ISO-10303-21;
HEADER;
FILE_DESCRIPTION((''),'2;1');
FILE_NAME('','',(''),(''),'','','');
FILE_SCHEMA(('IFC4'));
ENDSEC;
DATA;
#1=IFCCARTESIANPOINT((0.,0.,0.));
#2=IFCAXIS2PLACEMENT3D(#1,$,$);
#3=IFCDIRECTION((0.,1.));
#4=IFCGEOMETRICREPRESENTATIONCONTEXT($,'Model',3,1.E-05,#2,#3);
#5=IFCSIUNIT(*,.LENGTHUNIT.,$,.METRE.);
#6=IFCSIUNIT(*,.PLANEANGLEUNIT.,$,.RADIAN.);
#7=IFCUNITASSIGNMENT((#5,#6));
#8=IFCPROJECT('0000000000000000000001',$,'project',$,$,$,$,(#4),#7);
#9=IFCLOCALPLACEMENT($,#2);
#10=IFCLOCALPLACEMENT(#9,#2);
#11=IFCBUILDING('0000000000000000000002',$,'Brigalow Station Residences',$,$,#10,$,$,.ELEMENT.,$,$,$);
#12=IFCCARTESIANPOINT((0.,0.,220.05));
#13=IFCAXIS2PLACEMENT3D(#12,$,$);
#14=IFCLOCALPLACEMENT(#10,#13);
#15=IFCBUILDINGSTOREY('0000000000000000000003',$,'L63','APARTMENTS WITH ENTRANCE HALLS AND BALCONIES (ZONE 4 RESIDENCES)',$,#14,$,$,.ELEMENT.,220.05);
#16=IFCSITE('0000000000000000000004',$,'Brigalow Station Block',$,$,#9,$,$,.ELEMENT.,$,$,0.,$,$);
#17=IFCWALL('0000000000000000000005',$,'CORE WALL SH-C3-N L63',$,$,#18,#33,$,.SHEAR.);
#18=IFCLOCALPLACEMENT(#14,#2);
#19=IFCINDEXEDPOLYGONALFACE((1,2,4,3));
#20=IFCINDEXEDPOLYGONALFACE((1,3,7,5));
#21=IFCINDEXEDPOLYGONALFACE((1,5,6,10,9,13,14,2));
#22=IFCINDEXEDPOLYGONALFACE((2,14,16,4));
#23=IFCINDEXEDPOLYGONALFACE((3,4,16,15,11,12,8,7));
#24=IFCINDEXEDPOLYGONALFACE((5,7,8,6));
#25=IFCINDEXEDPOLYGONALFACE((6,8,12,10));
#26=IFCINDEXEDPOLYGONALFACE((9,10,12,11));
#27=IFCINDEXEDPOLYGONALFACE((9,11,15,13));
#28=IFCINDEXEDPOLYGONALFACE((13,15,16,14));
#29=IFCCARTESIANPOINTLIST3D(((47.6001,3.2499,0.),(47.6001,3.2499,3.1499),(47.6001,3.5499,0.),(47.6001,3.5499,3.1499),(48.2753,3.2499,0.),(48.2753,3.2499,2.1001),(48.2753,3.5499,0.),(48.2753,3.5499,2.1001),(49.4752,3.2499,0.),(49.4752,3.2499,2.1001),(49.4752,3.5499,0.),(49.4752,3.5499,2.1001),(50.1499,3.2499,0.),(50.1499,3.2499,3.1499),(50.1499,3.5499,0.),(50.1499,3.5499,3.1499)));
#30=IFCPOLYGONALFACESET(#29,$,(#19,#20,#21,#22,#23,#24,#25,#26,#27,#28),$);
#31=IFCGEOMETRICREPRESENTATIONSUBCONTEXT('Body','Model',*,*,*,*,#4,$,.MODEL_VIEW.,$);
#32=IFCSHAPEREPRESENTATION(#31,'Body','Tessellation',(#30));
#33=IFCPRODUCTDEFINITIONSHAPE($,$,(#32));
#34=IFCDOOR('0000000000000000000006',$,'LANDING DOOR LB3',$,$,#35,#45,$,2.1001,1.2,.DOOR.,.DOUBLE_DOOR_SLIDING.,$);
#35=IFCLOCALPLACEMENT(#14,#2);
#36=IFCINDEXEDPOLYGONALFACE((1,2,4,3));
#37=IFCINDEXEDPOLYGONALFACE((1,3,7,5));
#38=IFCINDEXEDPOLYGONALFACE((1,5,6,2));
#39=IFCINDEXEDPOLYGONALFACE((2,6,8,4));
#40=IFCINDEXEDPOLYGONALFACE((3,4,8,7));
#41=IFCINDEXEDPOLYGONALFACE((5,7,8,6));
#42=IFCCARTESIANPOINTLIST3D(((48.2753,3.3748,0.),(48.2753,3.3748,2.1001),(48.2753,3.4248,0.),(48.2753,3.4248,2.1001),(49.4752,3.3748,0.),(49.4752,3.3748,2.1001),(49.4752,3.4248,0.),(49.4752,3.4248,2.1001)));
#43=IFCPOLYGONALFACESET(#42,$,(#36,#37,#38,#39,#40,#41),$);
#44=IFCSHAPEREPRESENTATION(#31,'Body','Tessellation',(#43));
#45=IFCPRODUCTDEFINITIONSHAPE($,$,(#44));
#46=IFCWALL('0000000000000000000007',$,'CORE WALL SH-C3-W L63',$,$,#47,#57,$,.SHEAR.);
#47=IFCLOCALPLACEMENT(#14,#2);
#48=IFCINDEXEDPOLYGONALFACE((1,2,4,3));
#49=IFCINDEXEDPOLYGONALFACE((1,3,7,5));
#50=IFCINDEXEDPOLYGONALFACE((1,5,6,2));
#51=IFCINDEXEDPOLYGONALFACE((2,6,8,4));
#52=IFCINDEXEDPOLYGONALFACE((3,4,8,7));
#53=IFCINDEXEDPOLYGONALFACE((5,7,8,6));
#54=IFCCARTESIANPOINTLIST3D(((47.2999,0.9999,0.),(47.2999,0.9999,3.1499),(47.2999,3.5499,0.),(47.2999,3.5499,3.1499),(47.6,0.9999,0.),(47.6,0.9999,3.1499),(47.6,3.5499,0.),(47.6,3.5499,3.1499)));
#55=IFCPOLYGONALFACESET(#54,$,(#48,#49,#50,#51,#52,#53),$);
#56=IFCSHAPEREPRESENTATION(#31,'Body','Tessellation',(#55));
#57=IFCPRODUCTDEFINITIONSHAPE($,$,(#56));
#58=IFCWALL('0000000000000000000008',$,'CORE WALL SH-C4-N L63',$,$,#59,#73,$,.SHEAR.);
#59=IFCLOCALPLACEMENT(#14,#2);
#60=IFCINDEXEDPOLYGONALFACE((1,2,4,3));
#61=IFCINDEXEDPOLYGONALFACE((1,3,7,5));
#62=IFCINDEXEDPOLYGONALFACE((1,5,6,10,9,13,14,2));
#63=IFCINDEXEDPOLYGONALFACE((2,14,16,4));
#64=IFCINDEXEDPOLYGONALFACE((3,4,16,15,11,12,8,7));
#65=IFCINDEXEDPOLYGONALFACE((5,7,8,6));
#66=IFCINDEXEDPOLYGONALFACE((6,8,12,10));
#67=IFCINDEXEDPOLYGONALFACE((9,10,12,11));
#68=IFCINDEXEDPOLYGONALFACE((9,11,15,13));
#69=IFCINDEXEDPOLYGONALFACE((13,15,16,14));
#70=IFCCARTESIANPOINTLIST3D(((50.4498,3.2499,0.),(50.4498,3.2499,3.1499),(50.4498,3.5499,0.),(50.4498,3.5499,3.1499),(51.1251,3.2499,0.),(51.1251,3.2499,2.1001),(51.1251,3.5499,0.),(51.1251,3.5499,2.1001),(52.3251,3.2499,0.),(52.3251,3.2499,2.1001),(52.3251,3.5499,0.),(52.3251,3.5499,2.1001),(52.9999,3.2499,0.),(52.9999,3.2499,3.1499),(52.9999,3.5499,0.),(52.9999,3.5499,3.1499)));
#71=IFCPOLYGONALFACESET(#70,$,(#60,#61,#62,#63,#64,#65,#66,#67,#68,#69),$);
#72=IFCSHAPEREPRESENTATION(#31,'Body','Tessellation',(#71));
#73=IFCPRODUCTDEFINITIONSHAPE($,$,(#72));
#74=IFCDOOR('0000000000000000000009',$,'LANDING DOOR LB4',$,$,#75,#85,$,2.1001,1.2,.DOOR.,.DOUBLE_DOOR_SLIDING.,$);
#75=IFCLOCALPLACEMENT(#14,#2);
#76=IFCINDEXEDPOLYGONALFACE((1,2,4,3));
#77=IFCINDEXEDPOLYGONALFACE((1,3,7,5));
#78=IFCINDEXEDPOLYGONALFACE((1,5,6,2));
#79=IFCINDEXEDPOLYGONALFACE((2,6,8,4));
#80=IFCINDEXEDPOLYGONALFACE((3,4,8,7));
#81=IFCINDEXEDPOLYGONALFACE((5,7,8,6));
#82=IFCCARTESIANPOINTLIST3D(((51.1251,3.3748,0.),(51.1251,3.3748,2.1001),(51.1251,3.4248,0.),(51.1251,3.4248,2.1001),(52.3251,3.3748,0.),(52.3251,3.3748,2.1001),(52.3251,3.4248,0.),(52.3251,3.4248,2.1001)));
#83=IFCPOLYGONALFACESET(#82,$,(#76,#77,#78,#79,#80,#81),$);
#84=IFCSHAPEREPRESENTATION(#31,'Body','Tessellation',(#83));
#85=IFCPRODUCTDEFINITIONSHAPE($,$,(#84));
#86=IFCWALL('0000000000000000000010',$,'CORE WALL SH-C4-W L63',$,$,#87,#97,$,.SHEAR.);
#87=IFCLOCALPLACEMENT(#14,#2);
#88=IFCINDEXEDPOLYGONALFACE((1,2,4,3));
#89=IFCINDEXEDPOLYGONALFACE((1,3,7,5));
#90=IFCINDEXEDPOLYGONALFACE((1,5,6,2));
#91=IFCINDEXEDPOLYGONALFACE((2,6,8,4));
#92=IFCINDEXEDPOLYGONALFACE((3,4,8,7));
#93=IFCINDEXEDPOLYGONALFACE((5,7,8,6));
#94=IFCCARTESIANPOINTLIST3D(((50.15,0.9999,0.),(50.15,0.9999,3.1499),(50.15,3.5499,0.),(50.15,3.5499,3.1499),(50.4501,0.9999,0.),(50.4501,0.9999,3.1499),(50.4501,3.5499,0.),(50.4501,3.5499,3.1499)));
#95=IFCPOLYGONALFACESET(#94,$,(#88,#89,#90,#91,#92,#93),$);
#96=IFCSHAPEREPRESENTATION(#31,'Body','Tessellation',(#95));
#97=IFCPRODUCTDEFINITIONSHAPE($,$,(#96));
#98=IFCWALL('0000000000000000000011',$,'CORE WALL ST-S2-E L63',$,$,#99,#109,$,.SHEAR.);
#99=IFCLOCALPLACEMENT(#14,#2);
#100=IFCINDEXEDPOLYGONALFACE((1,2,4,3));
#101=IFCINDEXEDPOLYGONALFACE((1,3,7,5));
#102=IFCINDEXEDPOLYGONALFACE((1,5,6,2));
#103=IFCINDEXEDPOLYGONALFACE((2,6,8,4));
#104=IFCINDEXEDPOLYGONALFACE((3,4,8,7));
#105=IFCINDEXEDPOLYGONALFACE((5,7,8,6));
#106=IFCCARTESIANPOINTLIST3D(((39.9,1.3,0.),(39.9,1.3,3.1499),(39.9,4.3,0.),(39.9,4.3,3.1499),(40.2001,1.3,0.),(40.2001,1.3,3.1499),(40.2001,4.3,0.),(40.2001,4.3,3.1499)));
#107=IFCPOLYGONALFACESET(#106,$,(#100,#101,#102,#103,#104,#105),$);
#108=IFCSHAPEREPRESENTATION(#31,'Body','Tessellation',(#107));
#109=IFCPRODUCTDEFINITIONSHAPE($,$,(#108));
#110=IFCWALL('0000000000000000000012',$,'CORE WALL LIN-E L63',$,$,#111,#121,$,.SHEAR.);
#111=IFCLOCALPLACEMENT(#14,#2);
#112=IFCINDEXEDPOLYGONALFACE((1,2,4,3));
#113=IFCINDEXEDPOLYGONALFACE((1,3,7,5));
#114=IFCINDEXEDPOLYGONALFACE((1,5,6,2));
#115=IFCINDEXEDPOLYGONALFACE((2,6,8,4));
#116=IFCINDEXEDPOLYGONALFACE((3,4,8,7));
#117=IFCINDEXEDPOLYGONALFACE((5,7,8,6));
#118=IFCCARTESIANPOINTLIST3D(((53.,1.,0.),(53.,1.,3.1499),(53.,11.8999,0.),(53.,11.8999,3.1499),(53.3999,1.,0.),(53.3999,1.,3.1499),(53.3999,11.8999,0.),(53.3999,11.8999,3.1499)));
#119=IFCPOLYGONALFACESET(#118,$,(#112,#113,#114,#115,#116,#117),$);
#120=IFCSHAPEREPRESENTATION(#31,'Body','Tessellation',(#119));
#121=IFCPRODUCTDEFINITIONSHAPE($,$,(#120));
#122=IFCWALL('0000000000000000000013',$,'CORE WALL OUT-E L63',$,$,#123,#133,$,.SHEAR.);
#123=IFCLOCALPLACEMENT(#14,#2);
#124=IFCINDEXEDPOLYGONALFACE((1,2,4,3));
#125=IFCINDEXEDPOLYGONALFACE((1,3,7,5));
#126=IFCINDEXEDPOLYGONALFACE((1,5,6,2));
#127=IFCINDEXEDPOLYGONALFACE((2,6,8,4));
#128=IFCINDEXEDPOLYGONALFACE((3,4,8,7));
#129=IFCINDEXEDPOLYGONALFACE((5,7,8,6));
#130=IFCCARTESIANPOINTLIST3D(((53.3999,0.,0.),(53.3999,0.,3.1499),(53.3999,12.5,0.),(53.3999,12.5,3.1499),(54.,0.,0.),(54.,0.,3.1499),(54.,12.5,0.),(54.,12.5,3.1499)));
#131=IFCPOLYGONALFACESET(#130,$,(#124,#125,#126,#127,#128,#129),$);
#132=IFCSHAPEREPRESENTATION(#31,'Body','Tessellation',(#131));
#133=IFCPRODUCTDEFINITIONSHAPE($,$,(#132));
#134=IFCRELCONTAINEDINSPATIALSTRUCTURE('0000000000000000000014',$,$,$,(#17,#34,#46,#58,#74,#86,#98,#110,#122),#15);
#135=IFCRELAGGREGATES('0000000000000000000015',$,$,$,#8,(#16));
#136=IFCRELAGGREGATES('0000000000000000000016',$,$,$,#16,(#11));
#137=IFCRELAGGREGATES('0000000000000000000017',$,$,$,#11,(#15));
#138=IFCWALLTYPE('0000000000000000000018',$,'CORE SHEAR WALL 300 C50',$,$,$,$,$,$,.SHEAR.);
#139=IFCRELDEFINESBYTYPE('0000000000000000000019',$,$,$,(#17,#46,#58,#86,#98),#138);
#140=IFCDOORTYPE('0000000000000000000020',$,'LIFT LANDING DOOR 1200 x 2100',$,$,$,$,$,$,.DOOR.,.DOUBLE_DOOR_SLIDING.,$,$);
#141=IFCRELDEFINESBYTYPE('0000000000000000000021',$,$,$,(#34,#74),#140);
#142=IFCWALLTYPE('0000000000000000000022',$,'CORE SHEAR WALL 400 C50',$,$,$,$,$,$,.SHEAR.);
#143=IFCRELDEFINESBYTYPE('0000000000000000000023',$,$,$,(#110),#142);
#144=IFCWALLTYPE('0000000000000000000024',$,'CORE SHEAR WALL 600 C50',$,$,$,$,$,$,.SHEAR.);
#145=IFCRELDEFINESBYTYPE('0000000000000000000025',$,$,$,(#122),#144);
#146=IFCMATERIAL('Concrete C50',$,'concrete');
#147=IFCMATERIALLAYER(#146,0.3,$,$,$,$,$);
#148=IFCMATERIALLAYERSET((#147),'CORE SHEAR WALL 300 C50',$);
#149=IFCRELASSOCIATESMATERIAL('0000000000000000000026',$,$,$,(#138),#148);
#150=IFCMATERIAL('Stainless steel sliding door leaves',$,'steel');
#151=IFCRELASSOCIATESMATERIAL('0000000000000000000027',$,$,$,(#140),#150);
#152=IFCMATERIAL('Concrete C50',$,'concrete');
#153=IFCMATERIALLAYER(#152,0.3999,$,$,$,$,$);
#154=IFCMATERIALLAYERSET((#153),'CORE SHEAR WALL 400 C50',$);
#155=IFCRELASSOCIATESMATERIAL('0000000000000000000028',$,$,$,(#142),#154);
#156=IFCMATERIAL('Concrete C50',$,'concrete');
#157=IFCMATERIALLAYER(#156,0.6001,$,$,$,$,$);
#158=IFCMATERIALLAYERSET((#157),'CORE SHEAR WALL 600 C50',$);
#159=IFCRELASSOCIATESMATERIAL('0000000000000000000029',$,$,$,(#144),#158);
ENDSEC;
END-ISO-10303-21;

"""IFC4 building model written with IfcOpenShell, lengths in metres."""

from ifc_helpers import new_model, si_unit, direction, frame, frame_2d, origin, place, context, subcontext, project, spatial, rectangle, extrude, material, layer, layer_set, type_object, element, fill, save


model = new_model("IFC4")

# Units and contexts
model_context = context("Model", 3, precision=1e-05, world=origin(), true_north=direction((0.0, 1.0)))
body_context = subcontext(model_context, "Body", "Model", "MODEL_VIEW")
ifc_project = project(units=[si_unit("LENGTHUNIT", "METRE"), si_unit("PLANEANGLEUNIT", "RADIAN")], contexts=[model_context])

# Site, building, storey
site_placement = place(None, origin())
site = spatial("IfcSite", under=ifc_project, at=site_placement, Name="Brigalow Station Block", CompositionType="ELEMENT", RefElevation=0.0)
building_placement = place(site_placement, origin())
building = spatial("IfcBuilding", under=site, at=building_placement, Name="Brigalow Station Residences", CompositionType="ELEMENT")
storey_placement = place(building_placement, frame((0.0, 0.0, 220.05)))
storey = spatial("IfcBuildingStorey", under=building, at=storey_placement, Name="L63", Description="APARTMENTS WITH ENTRANCE HALLS AND BALCONIES (ZONE 4 RESIDENCES)", CompositionType="ELEMENT", Elevation=220.05)

# Wall, opening, door
ifc_material_1 = material(Name="Concrete C50", Category="concrete")
ifc_layer_1 = layer(ifc_material_1, 0.3)
ifc_layer_set_1 = layer_set([ifc_layer_1], Name="CORE SHEAR WALL 300 C50")
wall_type_1 = type_object("IfcWallType", Name="CORE SHEAR WALL 300 C50", PredefinedType="SHEAR", material=ifc_layer_set_1)
wall_1_placement = place(storey_placement, frame((47.6001, 3.3999, 0.0), z_axis=(0.0, 0.0, 1.0), x_axis=(1.0, 0.0, 0.0)))
wall_1 = element("IfcWall", 1, at=wall_1_placement, inside=storey, type_object=wall_type_1, Name="CORE WALL SH-C3-N L63", PredefinedType="SHEAR", context=body_context, shape_type="SweptSolid", body=[
    extrude(rectangle(XDim=2.5498, YDim=0.3, at=frame_2d((1.2749, 0.0))), origin(), (0.0, 0.0, 1.0), 3.1499),
])
opening_1_placement = place(wall_1_placement, frame((0.675, 0.0, 0.0)))
opening_1 = element("IfcOpeningElement", 2, at=opening_1_placement, cuts=wall_1, PredefinedType="OPENING", context=body_context, shape_type="SweptSolid", body=[
    extrude(rectangle(XDim=1.2, YDim=2.1001, at=frame_2d((0.6001, 1.05))), frame((0.0, 0.1602, 0.0), z_axis=(0.0, -1.0, 0.0), x_axis=(1.0, 0.0, 0.0)), (0.0, 0.0, 1.0), 0.3201),
])
ifc_material_2 = material(Name="Stainless steel sliding door leaves", Category="steel")
door_type_1 = type_object("IfcDoorType", Name="LIFT LANDING DOOR 1200 x 2100", OperationType="DOUBLE_DOOR_SLIDING", PredefinedType="DOOR", material=ifc_material_2)
door_1_placement = place(opening_1_placement, origin())
door_1 = element("IfcDoor", 3, at=door_1_placement, inside=storey, type_object=door_type_1, Name="LANDING DOOR LB3", OperationType="DOUBLE_DOOR_SLIDING", OverallHeight=2.1001, OverallWidth=1.2, PredefinedType="DOOR", context=body_context, shape_type="SweptSolid", body=[
    extrude(rectangle(XDim=1.2, YDim=2.1001, at=frame_2d((0.6001, 1.05))), frame((0.0, 0.0249, 0.0), z_axis=(0.0, -1.0, 0.0), x_axis=(1.0, 0.0, 0.0)), (0.0, 0.0, 1.0), 0.05),
])
fill(opening_1, door_1)

# Wall
wall_2_placement = place(storey_placement, frame((47.45, 1.0, 0.0), z_axis=(0.0, 0.0, 1.0), x_axis=(0.0, 1.0, 0.0)))
element("IfcWall", 4, at=wall_2_placement, inside=storey, type_object=wall_type_1, Name="CORE WALL SH-C3-W L63", PredefinedType="SHEAR", context=body_context, shape_type="SweptSolid", body=[
    extrude(rectangle(XDim=2.55, YDim=0.3, at=frame_2d((1.2749, 0.0))), origin(), (0.0, 0.0, 1.0), 3.1499),
])

# Wall, opening, door
wall_3_placement = place(storey_placement, frame((50.45, 3.3999, 0.0), z_axis=(0.0, 0.0, 1.0), x_axis=(1.0, 0.0, 0.0)))
wall_3 = element("IfcWall", 5, at=wall_3_placement, inside=storey, type_object=wall_type_1, Name="CORE WALL SH-C4-N L63", PredefinedType="SHEAR", context=body_context, shape_type="SweptSolid", body=[
    extrude(rectangle(XDim=2.55, YDim=0.3, at=frame_2d((1.2749, 0.0))), origin(), (0.0, 0.0, 1.0), 3.1499),
])
opening_2_placement = place(wall_3_placement, frame((0.675, 0.0, 0.0)))
opening_2 = element("IfcOpeningElement", 6, at=opening_2_placement, cuts=wall_3, PredefinedType="OPENING", context=body_context, shape_type="SweptSolid", body=[
    extrude(rectangle(XDim=1.2, YDim=2.1001, at=frame_2d((0.6001, 1.05))), frame((0.0, 0.1602, 0.0), z_axis=(0.0, -1.0, 0.0), x_axis=(1.0, 0.0, 0.0)), (0.0, 0.0, 1.0), 0.3201),
])
door_2_placement = place(opening_2_placement, origin())
door_2 = element("IfcDoor", 7, at=door_2_placement, inside=storey, type_object=door_type_1, Name="LANDING DOOR LB4", OperationType="DOUBLE_DOOR_SLIDING", OverallHeight=2.1001, OverallWidth=1.2, PredefinedType="DOOR", context=body_context, shape_type="SweptSolid", body=[
    extrude(rectangle(XDim=1.2, YDim=2.1001, at=frame_2d((0.6001, 1.05))), frame((0.0, 0.0249, 0.0), z_axis=(0.0, -1.0, 0.0), x_axis=(1.0, 0.0, 0.0)), (0.0, 0.0, 1.0), 0.05),
])
fill(opening_2, door_2)

# Walls
wall_4_placement = place(storey_placement, frame((50.3, 1.0, 0.0), z_axis=(0.0, 0.0, 1.0), x_axis=(0.0, 1.0, 0.0)))
element("IfcWall", 8, at=wall_4_placement, inside=storey, type_object=wall_type_1, Name="CORE WALL SH-C4-W L63", PredefinedType="SHEAR", context=body_context, shape_type="SweptSolid", body=[
    extrude(rectangle(XDim=2.55, YDim=0.3, at=frame_2d((1.2749, 0.0))), origin(), (0.0, 0.0, 1.0), 3.1499),
])
wall_5_placement = place(storey_placement, frame((40.05, 1.3, 0.0), z_axis=(0.0, 0.0, 1.0), x_axis=(0.0, 1.0, 0.0)))
element("IfcWall", 9, at=wall_5_placement, inside=storey, type_object=wall_type_1, Name="CORE WALL ST-S2-E L63", PredefinedType="SHEAR", context=body_context, shape_type="SweptSolid", body=[
    extrude(rectangle(XDim=3.0, YDim=0.3, at=frame_2d((1.5, 0.0))), origin(), (0.0, 0.0, 1.0), 3.1499),
])
ifc_material_3 = material(Name="Concrete C50", Category="concrete")
ifc_layer_2 = layer(ifc_material_3, 0.3999)
ifc_layer_set_2 = layer_set([ifc_layer_2], Name="CORE SHEAR WALL 400 C50")
wall_type_2 = type_object("IfcWallType", Name="CORE SHEAR WALL 400 C50", PredefinedType="SHEAR", material=ifc_layer_set_2)
wall_6_placement = place(storey_placement, frame((53.2, 1.0, 0.0), z_axis=(0.0, 0.0, 1.0), x_axis=(0.0, 1.0, 0.0)))
element("IfcWall", 10, at=wall_6_placement, inside=storey, type_object=wall_type_2, Name="CORE WALL LIN-E L63", PredefinedType="SHEAR", context=body_context, shape_type="SweptSolid", body=[
    extrude(rectangle(XDim=10.8999, YDim=0.3999, at=frame_2d((5.45, 0.0))), origin(), (0.0, 0.0, 1.0), 3.1499),
])
ifc_material_4 = material(Name="Concrete C50", Category="concrete")
ifc_layer_3 = layer(ifc_material_4, 0.6001)
ifc_layer_set_3 = layer_set([ifc_layer_3], Name="CORE SHEAR WALL 600 C50")
wall_type_3 = type_object("IfcWallType", Name="CORE SHEAR WALL 600 C50", PredefinedType="SHEAR", material=ifc_layer_set_3)
wall_7_placement = place(storey_placement, frame((53.7, 0.0, 0.0), z_axis=(0.0, 0.0, 1.0), x_axis=(0.0, 1.0, 0.0)))
element("IfcWall", 11, at=wall_7_placement, inside=storey, type_object=wall_type_3, Name="CORE WALL OUT-E L63", PredefinedType="SHEAR", context=body_context, shape_type="SweptSolid", body=[
    extrude(rectangle(XDim=12.5, YDim=0.6001, at=frame_2d((6.25, 0.0))), origin(), (0.0, 0.0, 1.0), 3.1499),
])

save(model, "model.ifc")
